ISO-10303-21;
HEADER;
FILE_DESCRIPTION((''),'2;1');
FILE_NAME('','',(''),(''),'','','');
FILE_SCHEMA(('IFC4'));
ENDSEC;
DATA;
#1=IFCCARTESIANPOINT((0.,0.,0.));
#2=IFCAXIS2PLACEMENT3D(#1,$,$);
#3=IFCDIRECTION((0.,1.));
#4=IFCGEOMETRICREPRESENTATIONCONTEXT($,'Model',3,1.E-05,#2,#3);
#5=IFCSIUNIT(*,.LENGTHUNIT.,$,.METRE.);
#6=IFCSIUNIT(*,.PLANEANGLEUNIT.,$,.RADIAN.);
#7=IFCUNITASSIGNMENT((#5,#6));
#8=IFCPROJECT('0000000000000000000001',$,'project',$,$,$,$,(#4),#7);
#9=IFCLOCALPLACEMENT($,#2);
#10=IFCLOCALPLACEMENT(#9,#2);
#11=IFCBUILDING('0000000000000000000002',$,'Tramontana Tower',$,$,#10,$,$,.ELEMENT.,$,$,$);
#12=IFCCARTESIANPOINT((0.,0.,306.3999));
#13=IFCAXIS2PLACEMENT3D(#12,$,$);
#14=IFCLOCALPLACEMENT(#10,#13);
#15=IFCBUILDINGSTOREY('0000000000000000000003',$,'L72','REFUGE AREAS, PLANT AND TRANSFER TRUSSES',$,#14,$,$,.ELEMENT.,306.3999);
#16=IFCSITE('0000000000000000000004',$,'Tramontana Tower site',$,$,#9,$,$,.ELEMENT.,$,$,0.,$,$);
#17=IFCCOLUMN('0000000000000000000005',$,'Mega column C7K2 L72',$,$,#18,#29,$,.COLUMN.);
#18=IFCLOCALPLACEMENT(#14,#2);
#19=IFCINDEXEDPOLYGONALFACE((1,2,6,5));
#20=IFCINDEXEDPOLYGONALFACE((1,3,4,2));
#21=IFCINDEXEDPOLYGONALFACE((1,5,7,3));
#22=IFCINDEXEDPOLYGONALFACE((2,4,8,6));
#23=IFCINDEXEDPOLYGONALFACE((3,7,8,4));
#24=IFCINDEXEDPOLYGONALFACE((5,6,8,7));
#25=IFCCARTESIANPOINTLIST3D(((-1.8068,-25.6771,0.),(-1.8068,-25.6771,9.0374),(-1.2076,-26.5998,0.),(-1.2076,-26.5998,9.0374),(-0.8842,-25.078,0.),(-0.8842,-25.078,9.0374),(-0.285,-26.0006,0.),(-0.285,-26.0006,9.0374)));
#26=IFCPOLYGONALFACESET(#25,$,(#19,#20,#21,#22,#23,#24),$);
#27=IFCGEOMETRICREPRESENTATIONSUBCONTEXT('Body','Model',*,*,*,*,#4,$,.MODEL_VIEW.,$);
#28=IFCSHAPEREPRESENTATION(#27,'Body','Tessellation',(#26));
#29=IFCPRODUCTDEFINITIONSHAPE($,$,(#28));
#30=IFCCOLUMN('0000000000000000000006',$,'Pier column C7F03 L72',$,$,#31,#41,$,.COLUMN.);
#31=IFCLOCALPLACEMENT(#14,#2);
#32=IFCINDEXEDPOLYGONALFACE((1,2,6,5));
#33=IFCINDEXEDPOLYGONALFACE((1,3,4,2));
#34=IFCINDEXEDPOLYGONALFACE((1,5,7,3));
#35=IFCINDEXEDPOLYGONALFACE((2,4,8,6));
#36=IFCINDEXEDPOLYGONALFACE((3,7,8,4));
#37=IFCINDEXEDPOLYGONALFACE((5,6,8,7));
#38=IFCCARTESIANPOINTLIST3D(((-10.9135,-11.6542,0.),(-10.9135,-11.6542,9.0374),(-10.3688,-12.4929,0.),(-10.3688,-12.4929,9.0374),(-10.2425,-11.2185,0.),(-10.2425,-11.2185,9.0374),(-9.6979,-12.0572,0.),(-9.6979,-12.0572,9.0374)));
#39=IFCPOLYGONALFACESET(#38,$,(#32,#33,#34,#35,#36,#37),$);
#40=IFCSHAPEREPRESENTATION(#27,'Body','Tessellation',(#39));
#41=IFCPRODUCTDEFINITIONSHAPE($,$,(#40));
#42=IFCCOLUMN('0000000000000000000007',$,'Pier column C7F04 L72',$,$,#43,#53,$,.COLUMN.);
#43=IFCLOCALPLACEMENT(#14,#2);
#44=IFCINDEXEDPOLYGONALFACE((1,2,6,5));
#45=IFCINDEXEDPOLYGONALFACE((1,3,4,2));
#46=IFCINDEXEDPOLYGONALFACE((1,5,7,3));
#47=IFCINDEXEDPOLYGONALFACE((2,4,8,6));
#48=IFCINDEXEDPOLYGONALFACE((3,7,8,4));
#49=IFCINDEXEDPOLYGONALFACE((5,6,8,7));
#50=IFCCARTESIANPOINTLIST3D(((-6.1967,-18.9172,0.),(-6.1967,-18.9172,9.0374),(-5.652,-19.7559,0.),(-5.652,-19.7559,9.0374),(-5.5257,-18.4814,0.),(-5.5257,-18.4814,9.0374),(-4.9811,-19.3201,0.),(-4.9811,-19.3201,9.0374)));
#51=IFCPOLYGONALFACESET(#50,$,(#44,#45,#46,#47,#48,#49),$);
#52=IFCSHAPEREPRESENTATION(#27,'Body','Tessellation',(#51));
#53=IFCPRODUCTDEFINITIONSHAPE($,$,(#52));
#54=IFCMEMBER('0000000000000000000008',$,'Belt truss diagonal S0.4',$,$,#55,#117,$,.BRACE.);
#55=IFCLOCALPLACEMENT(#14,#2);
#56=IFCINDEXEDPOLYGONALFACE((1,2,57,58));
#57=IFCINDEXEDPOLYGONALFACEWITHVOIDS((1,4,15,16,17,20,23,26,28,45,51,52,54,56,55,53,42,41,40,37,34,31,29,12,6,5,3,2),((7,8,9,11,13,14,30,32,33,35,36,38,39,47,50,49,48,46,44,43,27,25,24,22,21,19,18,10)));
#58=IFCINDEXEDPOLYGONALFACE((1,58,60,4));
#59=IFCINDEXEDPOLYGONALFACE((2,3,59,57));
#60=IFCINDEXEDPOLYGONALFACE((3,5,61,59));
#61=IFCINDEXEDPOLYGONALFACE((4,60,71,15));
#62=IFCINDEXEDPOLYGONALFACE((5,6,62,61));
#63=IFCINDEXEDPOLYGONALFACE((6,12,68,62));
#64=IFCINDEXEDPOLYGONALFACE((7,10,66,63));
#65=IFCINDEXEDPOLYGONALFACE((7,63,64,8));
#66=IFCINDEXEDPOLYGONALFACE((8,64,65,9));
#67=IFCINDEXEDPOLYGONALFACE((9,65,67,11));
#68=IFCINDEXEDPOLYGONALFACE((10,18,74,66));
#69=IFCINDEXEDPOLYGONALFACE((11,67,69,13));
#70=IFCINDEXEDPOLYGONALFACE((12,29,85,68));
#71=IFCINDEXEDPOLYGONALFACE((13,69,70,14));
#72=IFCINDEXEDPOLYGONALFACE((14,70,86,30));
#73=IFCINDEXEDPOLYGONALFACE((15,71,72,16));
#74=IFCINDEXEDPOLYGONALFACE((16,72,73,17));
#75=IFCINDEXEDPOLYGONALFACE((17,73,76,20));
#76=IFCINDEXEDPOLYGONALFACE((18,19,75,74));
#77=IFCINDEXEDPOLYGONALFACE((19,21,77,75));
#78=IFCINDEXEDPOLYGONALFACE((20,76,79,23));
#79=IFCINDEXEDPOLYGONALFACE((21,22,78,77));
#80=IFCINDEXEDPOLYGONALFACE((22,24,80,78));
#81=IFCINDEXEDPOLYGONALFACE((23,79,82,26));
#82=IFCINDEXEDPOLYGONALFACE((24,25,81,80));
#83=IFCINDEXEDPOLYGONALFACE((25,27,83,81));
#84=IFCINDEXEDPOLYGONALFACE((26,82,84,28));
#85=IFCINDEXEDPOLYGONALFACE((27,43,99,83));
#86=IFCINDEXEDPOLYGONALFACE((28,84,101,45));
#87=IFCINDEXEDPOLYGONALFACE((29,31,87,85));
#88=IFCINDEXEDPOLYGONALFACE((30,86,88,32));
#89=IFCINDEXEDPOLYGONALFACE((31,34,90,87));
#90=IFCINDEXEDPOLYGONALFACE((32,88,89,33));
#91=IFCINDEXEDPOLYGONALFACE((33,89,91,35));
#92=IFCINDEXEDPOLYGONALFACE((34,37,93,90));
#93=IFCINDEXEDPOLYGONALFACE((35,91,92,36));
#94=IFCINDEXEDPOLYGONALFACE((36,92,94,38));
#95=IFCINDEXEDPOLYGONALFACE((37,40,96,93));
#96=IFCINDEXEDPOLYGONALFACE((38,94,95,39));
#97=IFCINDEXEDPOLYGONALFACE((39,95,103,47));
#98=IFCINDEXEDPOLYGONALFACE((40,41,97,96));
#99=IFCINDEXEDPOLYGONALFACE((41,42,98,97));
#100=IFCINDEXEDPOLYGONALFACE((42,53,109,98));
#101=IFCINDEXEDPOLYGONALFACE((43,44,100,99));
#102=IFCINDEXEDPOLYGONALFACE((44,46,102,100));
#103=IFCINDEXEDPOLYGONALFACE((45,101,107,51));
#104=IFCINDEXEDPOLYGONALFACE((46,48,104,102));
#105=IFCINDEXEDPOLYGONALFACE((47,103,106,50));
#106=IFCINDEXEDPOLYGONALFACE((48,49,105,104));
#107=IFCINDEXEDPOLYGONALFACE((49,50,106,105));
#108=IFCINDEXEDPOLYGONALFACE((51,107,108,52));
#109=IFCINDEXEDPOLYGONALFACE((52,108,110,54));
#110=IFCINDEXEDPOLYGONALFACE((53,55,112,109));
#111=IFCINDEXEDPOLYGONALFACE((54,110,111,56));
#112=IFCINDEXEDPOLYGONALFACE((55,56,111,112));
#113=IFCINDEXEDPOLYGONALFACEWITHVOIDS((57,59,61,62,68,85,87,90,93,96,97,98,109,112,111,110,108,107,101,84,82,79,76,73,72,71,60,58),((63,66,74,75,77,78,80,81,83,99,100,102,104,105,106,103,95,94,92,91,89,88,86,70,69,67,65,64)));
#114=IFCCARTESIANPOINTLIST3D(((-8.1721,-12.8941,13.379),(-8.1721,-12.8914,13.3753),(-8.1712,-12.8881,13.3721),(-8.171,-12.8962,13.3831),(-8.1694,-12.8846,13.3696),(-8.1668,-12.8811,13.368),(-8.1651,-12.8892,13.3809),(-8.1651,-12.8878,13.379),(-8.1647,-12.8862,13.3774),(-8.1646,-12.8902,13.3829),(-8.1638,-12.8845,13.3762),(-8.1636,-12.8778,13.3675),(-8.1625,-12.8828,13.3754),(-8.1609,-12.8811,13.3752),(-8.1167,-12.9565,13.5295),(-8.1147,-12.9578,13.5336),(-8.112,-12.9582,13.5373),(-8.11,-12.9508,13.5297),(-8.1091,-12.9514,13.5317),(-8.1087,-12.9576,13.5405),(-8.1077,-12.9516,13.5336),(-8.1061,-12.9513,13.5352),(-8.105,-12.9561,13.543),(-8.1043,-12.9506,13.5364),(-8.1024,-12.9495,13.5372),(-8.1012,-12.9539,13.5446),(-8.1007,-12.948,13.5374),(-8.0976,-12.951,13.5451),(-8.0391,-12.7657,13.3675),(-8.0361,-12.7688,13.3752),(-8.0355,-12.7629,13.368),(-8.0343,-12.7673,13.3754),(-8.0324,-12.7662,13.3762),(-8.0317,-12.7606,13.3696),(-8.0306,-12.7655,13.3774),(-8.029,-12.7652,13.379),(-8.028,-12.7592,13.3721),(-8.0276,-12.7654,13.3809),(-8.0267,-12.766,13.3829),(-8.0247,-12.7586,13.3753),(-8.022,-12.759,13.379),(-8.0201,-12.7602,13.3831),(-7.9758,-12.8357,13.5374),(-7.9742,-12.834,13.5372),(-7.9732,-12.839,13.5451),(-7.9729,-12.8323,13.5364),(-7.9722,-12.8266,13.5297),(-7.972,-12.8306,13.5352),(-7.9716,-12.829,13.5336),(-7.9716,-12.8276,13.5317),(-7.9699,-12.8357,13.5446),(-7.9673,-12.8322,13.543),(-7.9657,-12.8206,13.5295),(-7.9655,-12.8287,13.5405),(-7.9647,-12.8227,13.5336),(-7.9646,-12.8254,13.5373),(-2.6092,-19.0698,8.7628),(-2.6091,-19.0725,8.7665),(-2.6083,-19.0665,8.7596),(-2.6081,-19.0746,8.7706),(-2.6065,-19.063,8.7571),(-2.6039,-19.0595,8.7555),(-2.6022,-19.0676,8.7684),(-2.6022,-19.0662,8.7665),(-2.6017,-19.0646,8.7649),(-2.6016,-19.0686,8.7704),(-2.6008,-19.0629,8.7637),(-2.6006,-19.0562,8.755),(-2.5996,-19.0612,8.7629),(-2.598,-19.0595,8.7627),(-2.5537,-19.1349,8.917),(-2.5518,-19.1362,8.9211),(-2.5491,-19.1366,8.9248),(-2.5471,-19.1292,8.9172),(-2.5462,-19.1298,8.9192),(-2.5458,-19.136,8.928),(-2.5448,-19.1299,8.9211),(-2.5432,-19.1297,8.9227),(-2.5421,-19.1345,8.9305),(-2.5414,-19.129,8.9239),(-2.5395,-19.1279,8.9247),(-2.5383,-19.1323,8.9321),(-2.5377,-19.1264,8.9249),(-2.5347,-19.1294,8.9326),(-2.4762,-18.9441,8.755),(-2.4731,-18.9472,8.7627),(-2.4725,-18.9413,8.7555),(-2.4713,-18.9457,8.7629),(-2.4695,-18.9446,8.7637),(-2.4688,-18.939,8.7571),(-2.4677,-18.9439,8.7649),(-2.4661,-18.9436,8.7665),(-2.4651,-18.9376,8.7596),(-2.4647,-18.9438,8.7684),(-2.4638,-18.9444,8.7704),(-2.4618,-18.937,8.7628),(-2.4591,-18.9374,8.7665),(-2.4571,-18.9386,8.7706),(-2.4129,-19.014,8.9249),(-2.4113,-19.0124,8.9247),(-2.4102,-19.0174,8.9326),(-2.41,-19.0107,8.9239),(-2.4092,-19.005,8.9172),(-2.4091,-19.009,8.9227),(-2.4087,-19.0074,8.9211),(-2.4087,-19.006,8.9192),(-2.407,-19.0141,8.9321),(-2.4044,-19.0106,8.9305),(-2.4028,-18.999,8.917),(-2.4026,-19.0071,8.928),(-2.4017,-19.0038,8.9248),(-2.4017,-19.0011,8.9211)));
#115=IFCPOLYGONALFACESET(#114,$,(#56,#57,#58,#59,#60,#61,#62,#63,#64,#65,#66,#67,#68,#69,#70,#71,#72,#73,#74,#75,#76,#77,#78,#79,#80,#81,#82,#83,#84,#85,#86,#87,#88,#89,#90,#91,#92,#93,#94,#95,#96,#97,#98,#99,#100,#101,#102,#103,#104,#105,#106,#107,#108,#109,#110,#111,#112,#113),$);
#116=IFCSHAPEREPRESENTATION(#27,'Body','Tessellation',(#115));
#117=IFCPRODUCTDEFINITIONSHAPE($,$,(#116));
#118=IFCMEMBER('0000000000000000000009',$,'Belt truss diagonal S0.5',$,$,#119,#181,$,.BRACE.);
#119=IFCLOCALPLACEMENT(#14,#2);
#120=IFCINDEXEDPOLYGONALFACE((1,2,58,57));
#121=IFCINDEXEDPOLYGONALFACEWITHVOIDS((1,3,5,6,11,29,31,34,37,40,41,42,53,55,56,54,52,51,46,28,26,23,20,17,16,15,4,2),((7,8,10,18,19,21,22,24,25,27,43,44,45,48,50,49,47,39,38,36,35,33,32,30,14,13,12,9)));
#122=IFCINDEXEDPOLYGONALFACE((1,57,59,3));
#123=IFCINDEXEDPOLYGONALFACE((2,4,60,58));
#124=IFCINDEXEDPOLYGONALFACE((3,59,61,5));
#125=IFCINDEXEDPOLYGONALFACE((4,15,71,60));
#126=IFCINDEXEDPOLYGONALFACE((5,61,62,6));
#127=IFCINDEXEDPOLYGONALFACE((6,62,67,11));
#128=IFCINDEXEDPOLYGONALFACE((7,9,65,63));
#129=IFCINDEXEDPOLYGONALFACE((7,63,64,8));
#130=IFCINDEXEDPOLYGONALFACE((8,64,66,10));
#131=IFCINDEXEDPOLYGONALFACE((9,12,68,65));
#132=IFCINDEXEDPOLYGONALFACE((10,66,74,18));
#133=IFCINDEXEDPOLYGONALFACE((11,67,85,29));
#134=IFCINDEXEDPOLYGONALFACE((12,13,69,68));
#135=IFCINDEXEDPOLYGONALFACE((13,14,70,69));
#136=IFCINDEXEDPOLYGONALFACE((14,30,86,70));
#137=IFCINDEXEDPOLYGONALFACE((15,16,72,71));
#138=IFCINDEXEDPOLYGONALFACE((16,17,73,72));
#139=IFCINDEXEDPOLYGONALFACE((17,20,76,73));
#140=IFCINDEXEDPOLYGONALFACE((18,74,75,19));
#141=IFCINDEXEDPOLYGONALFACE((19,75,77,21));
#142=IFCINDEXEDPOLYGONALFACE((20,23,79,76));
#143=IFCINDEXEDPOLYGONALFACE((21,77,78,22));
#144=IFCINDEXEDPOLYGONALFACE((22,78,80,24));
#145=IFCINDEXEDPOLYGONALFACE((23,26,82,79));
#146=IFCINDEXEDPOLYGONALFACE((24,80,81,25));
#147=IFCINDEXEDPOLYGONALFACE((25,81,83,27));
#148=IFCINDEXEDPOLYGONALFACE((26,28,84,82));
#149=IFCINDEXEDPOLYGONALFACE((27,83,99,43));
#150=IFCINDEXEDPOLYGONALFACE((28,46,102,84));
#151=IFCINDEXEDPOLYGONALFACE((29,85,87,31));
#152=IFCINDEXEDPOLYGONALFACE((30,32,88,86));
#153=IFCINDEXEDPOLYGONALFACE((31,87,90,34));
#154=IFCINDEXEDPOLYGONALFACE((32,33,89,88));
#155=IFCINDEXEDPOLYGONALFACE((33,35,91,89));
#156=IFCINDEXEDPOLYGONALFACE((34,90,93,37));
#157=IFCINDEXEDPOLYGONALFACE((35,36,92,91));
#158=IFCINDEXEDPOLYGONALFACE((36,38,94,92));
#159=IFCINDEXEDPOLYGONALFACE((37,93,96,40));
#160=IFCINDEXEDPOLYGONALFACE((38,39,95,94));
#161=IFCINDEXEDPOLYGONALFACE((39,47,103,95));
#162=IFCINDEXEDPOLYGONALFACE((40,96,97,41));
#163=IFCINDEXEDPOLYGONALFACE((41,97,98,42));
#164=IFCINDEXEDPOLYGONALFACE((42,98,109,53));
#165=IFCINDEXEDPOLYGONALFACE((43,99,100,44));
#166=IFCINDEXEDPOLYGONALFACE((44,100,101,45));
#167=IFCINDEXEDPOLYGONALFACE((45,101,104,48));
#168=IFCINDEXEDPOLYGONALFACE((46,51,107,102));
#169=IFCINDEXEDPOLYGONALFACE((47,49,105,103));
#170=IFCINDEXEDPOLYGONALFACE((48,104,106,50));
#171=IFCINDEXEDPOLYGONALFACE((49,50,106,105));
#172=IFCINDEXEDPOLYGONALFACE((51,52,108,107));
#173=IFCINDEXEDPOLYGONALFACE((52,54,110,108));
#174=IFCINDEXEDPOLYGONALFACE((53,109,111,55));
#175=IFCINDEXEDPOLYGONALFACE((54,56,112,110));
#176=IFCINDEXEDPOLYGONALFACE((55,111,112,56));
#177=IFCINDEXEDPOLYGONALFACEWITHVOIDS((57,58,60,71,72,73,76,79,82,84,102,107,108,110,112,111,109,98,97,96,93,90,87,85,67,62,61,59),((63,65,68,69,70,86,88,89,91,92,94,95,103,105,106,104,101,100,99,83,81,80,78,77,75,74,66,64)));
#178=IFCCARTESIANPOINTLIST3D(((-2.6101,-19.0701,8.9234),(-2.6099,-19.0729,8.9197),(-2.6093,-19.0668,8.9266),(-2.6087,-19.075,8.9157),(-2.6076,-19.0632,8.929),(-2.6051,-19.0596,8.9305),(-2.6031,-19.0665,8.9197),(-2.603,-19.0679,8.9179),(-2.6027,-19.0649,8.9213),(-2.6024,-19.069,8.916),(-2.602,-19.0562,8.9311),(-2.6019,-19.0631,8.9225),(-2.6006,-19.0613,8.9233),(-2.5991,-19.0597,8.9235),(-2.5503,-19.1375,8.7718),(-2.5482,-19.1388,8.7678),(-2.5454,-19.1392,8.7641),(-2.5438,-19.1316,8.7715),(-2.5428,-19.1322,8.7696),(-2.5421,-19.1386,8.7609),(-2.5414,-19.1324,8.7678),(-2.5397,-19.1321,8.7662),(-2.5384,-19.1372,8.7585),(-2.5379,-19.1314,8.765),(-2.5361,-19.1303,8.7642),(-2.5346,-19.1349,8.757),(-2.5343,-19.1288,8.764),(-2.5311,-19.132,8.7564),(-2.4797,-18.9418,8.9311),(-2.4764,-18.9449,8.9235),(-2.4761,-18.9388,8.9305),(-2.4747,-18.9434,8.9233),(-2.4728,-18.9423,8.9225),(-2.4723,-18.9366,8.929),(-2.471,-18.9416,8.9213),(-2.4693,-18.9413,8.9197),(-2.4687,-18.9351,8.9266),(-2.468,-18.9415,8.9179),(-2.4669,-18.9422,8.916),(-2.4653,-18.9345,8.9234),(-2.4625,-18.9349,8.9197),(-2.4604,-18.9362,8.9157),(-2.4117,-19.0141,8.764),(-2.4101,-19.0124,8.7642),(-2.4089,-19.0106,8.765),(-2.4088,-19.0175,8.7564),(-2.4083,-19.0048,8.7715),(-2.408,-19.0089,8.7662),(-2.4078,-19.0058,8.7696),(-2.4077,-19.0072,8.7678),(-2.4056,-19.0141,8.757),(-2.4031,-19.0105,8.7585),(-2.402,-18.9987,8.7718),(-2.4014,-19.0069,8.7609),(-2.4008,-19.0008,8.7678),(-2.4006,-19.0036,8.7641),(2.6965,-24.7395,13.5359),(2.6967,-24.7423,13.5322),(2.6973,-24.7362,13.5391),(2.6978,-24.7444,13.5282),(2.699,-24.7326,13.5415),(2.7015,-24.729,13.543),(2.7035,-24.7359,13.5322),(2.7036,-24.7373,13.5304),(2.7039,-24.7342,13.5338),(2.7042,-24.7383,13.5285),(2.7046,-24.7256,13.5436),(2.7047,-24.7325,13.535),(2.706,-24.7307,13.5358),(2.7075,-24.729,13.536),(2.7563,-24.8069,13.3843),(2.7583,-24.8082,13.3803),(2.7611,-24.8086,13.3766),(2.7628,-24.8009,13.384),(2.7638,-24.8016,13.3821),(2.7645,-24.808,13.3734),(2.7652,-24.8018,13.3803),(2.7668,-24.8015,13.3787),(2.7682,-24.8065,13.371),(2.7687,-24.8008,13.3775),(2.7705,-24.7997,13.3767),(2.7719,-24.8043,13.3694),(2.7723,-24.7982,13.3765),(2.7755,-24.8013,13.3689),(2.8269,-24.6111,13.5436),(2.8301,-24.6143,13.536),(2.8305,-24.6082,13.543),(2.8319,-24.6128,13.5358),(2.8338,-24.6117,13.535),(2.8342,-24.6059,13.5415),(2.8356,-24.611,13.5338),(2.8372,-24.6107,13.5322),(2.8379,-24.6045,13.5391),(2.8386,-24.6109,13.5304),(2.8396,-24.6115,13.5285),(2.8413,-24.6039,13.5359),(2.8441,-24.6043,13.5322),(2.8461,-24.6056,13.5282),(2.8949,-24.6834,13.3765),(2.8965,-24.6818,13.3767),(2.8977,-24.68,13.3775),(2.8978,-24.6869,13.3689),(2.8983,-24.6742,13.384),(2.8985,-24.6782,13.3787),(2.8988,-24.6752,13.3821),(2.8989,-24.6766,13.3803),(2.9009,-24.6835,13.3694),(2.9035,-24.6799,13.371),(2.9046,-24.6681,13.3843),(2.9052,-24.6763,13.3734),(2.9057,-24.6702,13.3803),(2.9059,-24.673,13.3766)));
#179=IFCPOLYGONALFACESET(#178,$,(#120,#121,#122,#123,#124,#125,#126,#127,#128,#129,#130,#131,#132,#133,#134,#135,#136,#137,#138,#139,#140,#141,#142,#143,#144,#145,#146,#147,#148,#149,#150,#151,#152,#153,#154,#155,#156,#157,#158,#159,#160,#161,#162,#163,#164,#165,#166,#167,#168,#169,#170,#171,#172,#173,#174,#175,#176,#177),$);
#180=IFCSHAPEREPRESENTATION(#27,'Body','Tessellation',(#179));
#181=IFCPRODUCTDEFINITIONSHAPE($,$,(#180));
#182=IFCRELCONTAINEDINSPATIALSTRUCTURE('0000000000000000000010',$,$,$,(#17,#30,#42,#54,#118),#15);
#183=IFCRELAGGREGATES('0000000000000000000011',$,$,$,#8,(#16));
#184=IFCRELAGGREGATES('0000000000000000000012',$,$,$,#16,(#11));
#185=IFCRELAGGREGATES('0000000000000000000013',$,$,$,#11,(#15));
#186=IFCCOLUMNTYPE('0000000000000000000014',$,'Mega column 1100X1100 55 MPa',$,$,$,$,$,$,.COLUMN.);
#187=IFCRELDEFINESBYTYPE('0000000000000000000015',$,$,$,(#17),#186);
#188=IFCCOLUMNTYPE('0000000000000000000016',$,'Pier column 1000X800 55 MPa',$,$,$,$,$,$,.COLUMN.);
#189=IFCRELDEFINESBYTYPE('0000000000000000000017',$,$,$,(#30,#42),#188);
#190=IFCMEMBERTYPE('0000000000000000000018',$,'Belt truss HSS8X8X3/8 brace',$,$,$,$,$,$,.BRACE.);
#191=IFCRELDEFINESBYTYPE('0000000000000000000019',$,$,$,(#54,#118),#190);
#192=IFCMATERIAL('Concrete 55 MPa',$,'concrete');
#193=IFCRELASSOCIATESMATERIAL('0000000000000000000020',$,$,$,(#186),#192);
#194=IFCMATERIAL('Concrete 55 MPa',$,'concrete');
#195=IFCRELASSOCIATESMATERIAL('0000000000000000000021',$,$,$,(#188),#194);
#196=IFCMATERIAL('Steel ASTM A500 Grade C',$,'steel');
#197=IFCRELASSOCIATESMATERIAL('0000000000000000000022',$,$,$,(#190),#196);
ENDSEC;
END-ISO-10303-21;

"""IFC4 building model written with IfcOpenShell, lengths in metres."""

from ifc_helpers import new_model, si_unit, direction, frame, origin, origin_2d, place, context, subcontext, project, spatial, rectangle, hollow_rectangle, extrude, material, material_profile, profile_set, type_object, element, save


model = new_model("IFC4")

# Units and contexts
model_context = context("Model", 3, precision=1e-05, world=origin(), true_north=direction((0.0, 1.0)))
body_context = subcontext(model_context, "Body", "Model", "MODEL_VIEW")
ifc_project = project(units=[si_unit("LENGTHUNIT", "METRE"), si_unit("PLANEANGLEUNIT", "RADIAN")], contexts=[model_context])

# Site, building, storey
site_placement = place(None, origin())
site = spatial("IfcSite", under=ifc_project, at=site_placement, Name="Tramontana Tower site", CompositionType="ELEMENT", RefElevation=0.0)
building_placement = place(site_placement, origin())
building = spatial("IfcBuilding", under=site, at=building_placement, Name="Tramontana Tower", CompositionType="ELEMENT")
storey_placement = place(building_placement, frame((0.0, 0.0, 306.3999)))
storey = spatial("IfcBuildingStorey", under=building, at=storey_placement, Name="L72", Description="REFUGE AREAS, PLANT AND TRANSFER TRUSSES", CompositionType="ELEMENT", Elevation=306.3999)

# Columns
ifc_material_1 = material(Name="Concrete 55 MPa", Category="concrete")
ifc_material_profile_1 = material_profile(ifc_material_1, rectangle(XDim=1.1001, YDim=1.1001, at=origin_2d()), Name="Mega column 1100X1100 55 MPa")
ifc_profile_set_1 = profile_set([ifc_material_profile_1], Name="Concrete 55 MPa")
column_type_1 = type_object("IfcColumnType", Name="Mega column 1100X1100 55 MPa", PredefinedType="COLUMN", material=ifc_profile_set_1)
column_placement = place(storey_placement, frame((-1.0459, -25.8389, 0.0), z_axis=(0.0, 0.0, 1.0), x_axis=(0.544639, -0.838671, 0.0)))
element("IfcColumn", 1, at=column_placement, inside=storey, type_object=column_type_1, Name="Mega column C7K2 L72", PredefinedType="COLUMN", context=body_context, shape_type="SweptSolid", body=[
    extrude(rectangle(XDim=1.1001, YDim=1.1001, at=origin_2d()), origin(), (0.0, 0.0, 1.0), 9.0374),
])
ifc_material_2 = material(Name="Concrete 55 MPa", Category="concrete")
ifc_material_profile_2 = material_profile(ifc_material_2, rectangle(XDim=1.0, YDim=0.8, at=origin_2d()), Name="Pier column 1000X800 55 MPa")
ifc_profile_set_2 = profile_set([ifc_material_profile_2], Name="Concrete 55 MPa")
column_type_2 = type_object("IfcColumnType", Name="Pier column 1000X800 55 MPa", PredefinedType="COLUMN", material=ifc_profile_set_2)
for number, where, z_axis, x_axis, name in (
    (2, (-10.3057, -11.8557, 0.0), (0.0, 0.0, 1.0), (0.544639, -0.838671, 0.0), "Pier column C7F03 L72"),
    (3, (-5.5889, -19.1187, 0.0), (0.0, 0.0, 1.0), (0.544639, -0.838671, 0.0), "Pier column C7F04 L72"),
):
    element("IfcColumn", number, at=place(storey_placement, frame(where, z_axis=z_axis, x_axis=x_axis)), inside=storey, type_object=column_type_2, Name=name, PredefinedType="COLUMN", context=body_context, shape_type="SweptSolid", body=[
        extrude(rectangle(XDim=1.0, YDim=0.8, at=origin_2d()), origin(), (0.0, 0.0, 1.0), 9.0374),
    ])

# Members
ifc_material_3 = material(Name="Steel ASTM A500 Grade C", Category="steel")
ifc_material_profile_3 = material_profile(ifc_material_3, hollow_rectangle(XDim=0.2031, YDim=0.2031, WallThickness=0.0088, InnerFilletRadius=0.0088, OuterFilletRadius=0.0178, at=origin_2d()), Name="HSS8X8X3/8")
ifc_profile_set_3 = profile_set([ifc_material_profile_3], Name="Steel ASTM A500 Grade C")
member_type_1 = type_object("IfcMemberType", Name="Belt truss HSS8X8X3/8 brace", PredefinedType="BRACE", material=ifc_profile_set_3)
member_1_placement = place(storey_placement, frame((-8.0684, -12.8584, 13.4563), z_axis=(0.585105, -0.64984, -0.485139), x_axis=(0.743152, 0.669122, 0.0)))
element("IfcMember", 4, at=member_1_placement, inside=storey, type_object=member_type_1, Name="Belt truss diagonal S0.4", PredefinedType="BRACE", context=body_context, shape_type="SweptSolid", body=[
    extrude(hollow_rectangle(XDim=0.2031, YDim=0.2031, WallThickness=0.0088, InnerFilletRadius=0.0088, OuterFilletRadius=0.0178, at=origin_2d()), origin(), (0.0, 0.0, 1.0), 9.5076),
])
member_2_placement = place(storey_placement, frame((-2.5054, -19.0369, 8.8438), z_axis=(0.587532, -0.627699, 0.510685), x_axis=(0.73008, 0.683362, 0.0)))
element("IfcMember", 5, at=member_2_placement, inside=storey, type_object=member_type_1, Name="Belt truss diagonal S0.5", PredefinedType="BRACE", context=body_context, shape_type="SweptSolid", body=[
    extrude(hollow_rectangle(XDim=0.2031, YDim=0.2031, WallThickness=0.0088, InnerFilletRadius=0.0088, OuterFilletRadius=0.0178, at=origin_2d()), origin(), (0.0, 0.0, 1.0), 9.032),
])

save(model, "model.ifc")
